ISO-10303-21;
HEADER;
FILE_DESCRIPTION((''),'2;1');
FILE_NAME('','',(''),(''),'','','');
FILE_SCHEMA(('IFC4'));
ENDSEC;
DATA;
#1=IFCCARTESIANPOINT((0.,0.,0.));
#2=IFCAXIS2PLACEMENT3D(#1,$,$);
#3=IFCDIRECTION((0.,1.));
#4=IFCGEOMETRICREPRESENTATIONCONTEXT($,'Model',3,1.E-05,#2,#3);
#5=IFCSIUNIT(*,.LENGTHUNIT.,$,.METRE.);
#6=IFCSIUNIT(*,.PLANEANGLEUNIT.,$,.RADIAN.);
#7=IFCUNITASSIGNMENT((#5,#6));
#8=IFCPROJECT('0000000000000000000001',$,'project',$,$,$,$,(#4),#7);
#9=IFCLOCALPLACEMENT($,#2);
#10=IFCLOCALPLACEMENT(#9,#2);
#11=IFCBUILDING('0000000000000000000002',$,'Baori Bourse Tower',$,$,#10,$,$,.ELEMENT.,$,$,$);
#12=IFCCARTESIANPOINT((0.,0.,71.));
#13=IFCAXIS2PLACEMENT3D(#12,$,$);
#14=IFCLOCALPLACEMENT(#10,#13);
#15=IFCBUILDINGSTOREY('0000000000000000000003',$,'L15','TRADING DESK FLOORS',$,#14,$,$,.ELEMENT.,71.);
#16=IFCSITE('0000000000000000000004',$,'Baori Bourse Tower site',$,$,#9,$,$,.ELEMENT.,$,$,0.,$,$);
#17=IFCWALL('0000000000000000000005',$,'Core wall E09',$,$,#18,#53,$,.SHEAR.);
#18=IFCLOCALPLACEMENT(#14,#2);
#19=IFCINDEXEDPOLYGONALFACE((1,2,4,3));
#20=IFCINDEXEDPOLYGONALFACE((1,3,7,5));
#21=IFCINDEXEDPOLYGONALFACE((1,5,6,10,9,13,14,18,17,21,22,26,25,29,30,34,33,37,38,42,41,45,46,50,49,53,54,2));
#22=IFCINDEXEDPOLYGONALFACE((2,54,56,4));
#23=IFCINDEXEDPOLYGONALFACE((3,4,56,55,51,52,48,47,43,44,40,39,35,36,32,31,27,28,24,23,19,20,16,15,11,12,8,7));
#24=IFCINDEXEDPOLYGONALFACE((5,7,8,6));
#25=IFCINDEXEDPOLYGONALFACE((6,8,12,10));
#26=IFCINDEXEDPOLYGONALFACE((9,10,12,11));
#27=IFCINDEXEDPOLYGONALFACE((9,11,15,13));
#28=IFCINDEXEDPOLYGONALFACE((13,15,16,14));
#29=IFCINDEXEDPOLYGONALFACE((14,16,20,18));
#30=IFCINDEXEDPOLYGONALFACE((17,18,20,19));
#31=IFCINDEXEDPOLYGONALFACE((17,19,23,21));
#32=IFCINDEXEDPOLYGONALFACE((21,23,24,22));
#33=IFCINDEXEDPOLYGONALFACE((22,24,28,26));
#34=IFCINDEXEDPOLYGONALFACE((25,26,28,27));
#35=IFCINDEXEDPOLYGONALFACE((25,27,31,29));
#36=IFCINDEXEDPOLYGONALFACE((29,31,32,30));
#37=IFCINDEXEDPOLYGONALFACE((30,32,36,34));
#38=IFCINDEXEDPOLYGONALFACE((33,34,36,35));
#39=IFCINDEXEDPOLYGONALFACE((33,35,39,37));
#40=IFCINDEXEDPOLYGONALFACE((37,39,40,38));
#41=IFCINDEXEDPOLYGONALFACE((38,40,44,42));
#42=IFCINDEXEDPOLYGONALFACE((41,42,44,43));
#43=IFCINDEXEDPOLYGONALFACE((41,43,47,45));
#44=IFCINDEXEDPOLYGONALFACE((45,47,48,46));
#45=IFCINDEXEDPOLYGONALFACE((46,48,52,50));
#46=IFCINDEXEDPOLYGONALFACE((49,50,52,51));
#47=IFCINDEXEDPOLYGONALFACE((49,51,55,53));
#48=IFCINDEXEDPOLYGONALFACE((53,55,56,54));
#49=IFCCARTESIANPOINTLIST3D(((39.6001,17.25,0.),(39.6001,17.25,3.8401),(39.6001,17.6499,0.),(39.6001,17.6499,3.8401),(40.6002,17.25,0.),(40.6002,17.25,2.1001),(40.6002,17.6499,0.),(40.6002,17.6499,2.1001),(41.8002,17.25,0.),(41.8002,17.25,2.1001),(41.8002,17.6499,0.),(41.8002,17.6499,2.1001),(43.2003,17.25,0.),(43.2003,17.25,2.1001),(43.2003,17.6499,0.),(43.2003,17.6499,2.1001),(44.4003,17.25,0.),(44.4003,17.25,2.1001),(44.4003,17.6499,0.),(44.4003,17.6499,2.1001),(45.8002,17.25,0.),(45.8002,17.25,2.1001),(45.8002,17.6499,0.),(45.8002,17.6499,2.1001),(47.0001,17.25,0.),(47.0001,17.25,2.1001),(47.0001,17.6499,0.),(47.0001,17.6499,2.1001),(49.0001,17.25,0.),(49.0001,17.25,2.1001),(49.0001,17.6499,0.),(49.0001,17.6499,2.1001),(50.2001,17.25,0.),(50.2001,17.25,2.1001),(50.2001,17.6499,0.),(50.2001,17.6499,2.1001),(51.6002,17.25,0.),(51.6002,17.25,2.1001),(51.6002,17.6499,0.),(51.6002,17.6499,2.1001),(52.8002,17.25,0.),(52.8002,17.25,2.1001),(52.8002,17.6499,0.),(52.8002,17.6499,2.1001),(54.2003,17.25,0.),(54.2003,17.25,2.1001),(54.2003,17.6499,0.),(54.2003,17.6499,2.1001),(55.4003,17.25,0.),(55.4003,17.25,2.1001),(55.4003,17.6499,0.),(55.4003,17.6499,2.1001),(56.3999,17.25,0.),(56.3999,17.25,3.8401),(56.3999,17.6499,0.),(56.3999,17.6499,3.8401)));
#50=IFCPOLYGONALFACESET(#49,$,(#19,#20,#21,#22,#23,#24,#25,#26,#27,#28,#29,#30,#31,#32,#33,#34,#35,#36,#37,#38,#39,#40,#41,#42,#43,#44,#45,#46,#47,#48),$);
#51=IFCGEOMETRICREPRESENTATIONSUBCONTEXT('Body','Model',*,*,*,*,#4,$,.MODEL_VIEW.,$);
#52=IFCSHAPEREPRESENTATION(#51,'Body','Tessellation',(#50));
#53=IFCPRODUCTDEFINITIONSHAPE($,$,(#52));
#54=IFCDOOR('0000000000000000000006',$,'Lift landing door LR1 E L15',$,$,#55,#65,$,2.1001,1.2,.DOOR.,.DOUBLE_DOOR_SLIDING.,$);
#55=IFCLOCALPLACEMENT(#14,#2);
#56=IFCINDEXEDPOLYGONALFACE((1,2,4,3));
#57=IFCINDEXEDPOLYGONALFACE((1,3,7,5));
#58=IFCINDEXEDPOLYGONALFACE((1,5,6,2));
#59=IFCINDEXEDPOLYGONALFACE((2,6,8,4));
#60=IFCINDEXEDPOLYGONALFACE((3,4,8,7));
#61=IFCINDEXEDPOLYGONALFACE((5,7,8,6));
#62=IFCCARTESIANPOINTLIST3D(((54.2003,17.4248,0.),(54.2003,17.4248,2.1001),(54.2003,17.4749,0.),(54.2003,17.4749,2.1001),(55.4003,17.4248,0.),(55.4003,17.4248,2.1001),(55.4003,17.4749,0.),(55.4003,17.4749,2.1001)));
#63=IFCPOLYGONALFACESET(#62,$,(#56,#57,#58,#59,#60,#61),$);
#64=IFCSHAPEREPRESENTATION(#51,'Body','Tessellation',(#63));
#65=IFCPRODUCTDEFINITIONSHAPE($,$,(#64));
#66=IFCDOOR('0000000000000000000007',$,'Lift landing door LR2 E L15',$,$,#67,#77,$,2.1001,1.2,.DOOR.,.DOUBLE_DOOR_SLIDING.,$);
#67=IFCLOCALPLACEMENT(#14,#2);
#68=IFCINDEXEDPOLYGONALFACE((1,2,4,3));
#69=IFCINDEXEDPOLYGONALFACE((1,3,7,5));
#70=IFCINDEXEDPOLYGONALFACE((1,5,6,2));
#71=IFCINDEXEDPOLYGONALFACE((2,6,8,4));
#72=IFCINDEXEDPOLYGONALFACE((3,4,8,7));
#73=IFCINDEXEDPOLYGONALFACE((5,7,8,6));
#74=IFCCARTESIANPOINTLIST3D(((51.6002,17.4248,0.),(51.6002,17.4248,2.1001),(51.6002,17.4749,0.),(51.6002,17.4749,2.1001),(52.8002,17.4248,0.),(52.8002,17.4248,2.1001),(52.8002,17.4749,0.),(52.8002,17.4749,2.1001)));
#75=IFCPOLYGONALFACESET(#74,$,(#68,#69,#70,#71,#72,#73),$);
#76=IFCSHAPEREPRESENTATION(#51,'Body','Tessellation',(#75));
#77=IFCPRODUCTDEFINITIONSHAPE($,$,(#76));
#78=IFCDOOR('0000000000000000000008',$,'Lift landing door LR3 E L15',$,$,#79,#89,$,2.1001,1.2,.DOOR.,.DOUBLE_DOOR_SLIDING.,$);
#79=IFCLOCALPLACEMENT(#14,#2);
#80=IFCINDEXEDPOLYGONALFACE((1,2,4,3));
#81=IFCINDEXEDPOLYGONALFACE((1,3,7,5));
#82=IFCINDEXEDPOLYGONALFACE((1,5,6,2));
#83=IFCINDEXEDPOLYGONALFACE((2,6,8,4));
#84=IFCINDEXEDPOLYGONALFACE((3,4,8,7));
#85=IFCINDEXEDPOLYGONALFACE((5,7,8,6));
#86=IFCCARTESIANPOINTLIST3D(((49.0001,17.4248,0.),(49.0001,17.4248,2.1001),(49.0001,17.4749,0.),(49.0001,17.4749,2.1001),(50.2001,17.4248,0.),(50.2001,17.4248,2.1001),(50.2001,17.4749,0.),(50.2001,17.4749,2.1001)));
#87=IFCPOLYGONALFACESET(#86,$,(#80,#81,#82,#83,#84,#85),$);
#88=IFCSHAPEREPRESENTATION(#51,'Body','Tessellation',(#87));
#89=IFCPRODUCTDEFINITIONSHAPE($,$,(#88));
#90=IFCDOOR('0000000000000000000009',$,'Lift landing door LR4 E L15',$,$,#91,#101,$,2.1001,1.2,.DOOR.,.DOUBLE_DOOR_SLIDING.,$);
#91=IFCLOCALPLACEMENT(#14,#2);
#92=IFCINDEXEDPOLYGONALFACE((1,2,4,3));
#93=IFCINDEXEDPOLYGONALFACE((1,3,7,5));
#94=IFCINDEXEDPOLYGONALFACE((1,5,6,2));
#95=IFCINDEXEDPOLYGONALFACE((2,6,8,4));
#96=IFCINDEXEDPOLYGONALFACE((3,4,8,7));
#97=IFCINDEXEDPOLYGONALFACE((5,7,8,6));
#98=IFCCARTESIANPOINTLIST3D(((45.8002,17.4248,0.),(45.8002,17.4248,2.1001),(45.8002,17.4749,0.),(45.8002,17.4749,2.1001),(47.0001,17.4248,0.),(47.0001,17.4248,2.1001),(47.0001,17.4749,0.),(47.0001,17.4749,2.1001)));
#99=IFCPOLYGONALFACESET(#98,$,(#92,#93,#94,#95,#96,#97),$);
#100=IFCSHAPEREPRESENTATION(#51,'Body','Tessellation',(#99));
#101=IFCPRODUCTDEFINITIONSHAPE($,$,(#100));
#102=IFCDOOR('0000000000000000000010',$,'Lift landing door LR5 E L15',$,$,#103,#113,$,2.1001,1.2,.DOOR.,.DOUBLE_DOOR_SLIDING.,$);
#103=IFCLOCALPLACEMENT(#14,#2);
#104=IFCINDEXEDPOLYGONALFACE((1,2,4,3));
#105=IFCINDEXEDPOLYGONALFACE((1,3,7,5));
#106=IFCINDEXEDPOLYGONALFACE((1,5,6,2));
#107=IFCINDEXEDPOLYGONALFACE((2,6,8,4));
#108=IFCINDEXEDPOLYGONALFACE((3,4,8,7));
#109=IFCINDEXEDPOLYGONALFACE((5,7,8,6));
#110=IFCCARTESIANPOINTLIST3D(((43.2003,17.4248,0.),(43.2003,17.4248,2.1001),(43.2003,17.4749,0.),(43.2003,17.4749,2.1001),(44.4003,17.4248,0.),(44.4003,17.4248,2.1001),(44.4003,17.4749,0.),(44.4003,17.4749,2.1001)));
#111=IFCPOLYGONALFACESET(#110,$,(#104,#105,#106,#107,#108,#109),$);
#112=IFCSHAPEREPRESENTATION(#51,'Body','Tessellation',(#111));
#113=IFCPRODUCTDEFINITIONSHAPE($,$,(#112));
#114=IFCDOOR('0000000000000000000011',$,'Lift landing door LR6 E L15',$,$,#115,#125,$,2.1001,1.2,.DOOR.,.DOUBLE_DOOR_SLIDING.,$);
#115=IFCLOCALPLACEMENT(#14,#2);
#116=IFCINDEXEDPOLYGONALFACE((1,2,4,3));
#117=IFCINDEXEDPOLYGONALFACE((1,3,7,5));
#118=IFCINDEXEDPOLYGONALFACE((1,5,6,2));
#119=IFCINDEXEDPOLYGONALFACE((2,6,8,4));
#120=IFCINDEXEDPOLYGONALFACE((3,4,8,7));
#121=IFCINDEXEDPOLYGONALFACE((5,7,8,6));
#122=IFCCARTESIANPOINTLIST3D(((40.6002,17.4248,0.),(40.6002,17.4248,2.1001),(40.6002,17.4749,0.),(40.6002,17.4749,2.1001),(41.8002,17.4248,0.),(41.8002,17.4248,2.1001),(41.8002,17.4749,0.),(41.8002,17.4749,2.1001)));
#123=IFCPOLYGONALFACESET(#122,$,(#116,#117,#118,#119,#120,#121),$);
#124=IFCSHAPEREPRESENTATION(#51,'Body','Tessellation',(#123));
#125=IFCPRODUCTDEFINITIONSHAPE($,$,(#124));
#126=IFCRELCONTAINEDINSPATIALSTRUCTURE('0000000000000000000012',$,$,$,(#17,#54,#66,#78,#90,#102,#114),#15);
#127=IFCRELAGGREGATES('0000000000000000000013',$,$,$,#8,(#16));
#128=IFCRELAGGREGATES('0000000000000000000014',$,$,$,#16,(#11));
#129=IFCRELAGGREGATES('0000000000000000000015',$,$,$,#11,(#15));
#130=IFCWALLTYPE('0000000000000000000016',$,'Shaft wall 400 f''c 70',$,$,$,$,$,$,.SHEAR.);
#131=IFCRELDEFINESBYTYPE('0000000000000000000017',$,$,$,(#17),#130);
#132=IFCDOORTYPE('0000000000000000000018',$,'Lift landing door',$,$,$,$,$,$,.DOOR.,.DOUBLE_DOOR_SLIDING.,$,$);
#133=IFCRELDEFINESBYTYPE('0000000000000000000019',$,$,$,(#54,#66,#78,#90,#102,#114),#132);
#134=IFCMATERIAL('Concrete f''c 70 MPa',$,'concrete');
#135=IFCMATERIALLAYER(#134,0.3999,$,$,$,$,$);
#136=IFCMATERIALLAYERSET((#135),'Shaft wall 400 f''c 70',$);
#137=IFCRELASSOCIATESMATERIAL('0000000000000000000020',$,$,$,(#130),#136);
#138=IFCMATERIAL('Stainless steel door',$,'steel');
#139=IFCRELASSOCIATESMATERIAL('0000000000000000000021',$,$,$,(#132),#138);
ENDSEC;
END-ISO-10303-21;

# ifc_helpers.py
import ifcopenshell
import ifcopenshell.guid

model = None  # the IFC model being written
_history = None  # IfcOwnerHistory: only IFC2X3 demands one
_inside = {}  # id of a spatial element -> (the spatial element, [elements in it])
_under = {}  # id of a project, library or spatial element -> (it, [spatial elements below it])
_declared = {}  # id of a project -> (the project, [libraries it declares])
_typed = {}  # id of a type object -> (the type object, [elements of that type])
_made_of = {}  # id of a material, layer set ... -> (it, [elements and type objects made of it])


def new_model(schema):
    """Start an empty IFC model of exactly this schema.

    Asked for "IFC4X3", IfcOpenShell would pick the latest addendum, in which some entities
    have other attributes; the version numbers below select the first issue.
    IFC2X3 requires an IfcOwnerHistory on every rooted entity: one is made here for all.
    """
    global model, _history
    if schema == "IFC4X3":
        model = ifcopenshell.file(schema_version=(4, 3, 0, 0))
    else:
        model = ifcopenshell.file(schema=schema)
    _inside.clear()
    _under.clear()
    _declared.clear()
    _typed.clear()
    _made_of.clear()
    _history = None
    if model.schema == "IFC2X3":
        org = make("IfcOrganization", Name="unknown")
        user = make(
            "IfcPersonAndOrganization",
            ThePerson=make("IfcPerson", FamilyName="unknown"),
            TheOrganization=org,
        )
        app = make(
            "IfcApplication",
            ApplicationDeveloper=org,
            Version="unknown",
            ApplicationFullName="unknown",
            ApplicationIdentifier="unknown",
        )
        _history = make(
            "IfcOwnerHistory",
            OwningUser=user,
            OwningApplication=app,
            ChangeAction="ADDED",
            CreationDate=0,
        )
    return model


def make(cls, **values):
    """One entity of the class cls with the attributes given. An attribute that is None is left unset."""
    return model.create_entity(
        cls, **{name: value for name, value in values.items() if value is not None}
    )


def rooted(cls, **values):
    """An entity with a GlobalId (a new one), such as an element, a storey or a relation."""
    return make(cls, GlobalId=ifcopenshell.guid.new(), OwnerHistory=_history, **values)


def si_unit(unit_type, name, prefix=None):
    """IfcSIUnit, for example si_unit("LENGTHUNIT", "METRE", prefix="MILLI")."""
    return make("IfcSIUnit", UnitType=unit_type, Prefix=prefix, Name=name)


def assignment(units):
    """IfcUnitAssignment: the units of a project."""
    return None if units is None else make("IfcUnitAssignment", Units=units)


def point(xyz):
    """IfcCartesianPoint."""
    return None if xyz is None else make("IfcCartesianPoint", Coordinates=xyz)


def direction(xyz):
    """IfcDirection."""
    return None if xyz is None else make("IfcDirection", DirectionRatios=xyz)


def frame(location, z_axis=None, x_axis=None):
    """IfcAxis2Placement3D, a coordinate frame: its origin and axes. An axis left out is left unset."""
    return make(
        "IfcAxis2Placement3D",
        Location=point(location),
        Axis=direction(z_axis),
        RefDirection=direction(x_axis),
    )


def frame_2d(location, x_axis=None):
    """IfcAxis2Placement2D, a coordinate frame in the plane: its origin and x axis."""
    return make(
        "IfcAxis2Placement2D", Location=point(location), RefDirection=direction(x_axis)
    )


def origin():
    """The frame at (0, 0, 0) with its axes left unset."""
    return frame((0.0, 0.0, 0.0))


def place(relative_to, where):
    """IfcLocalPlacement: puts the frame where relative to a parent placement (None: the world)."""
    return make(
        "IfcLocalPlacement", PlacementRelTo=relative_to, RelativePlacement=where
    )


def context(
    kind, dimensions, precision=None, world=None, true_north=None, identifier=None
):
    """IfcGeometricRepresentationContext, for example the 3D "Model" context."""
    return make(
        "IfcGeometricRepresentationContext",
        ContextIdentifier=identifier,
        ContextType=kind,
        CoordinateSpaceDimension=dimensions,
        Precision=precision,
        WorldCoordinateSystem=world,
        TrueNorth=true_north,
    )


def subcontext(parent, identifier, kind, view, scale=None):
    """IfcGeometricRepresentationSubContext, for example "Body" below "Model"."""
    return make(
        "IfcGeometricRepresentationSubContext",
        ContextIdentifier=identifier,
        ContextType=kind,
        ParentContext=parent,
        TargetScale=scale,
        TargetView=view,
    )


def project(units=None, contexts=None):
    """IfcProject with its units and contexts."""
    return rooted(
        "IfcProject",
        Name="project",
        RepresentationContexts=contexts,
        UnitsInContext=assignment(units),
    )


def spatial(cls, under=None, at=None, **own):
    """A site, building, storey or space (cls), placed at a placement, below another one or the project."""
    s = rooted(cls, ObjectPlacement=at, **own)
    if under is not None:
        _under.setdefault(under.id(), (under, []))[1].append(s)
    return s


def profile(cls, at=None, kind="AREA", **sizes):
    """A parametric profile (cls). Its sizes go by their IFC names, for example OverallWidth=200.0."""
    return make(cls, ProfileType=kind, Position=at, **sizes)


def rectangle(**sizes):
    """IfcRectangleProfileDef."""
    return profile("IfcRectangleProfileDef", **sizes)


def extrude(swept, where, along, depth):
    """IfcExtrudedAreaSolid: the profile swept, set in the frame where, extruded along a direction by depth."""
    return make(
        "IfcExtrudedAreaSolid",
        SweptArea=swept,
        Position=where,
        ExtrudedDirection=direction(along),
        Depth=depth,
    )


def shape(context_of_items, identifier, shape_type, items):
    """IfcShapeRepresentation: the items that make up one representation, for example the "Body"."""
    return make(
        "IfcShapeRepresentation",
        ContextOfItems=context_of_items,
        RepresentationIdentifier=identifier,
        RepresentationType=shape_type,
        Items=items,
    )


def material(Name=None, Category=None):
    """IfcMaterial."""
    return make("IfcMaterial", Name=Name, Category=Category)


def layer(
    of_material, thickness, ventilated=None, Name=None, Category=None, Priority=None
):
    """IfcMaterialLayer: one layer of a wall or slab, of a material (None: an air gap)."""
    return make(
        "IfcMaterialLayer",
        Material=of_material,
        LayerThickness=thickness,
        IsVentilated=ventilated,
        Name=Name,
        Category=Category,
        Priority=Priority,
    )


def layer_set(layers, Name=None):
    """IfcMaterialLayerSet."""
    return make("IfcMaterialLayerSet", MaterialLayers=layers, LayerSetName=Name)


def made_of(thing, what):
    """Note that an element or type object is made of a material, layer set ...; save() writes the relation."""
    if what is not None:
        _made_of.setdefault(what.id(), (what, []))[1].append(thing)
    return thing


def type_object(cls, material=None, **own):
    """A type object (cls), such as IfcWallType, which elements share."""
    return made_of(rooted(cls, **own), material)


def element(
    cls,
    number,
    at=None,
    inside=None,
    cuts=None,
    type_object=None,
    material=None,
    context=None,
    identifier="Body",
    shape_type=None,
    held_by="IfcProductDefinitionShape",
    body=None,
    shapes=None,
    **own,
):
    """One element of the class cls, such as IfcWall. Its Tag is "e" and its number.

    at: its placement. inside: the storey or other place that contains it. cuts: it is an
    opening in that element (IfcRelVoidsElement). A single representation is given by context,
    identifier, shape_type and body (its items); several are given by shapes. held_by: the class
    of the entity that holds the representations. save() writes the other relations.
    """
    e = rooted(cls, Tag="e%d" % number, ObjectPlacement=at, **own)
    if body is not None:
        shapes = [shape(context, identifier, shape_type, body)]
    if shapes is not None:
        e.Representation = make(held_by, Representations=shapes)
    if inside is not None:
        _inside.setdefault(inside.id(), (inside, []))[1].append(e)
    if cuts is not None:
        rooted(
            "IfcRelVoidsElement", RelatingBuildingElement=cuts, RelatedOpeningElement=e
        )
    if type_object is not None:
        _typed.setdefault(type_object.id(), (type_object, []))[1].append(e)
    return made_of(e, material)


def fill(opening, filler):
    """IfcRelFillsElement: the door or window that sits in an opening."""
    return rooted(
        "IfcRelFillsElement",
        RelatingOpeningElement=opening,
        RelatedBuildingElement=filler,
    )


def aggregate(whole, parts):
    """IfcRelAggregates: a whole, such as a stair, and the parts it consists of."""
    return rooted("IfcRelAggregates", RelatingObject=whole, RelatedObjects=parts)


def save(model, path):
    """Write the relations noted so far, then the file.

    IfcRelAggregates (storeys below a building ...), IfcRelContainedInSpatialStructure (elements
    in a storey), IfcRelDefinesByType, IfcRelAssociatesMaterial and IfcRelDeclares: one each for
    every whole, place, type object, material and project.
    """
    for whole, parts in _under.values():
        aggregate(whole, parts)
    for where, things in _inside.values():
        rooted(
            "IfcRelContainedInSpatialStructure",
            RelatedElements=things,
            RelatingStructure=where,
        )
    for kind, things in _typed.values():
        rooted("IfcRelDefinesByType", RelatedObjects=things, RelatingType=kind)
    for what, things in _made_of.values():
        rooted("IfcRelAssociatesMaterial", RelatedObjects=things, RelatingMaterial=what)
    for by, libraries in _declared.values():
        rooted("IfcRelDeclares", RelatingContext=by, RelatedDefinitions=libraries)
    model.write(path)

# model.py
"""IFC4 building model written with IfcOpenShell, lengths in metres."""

from ifc_helpers import new_model, si_unit, direction, frame, frame_2d, origin, place, context, subcontext, project, spatial, rectangle, extrude, material, layer, layer_set, type_object, element, fill, save


model = new_model("IFC4")

# Units and contexts
model_context = context("Model", 3, precision=1e-05, world=origin(), true_north=direction((0.0, 1.0)))
body_context = subcontext(model_context, "Body", "Model", "MODEL_VIEW")
ifc_project = project(units=[si_unit("LENGTHUNIT", "METRE"), si_unit("PLANEANGLEUNIT", "RADIAN")], contexts=[model_context])

# Site, building, storey
site_placement = place(None, origin())
site = spatial("IfcSite", under=ifc_project, at=site_placement, Name="Baori Bourse Tower site", CompositionType="ELEMENT", RefElevation=0.0)
building_placement = place(site_placement, origin())
building = spatial("IfcBuilding", under=site, at=building_placement, Name="Baori Bourse Tower", CompositionType="ELEMENT")
storey_placement = place(building_placement, frame((0.0, 0.0, 71.0)))
storey = spatial("IfcBuildingStorey", under=building, at=storey_placement, Name="L15", Description="TRADING DESK FLOORS", CompositionType="ELEMENT", Elevation=71.0)

# Wall, openings, doors
ifc_material_1 = material(Name="Concrete f'c 70 MPa", Category="concrete")
ifc_layer_1 = layer(ifc_material_1, 0.3999)
ifc_layer_set_1 = layer_set([ifc_layer_1], Name="Shaft wall 400 f'c 70")
wall_type_1 = type_object("IfcWallType", Name="Shaft wall 400 f'c 70", PredefinedType="SHEAR", material=ifc_layer_set_1)
wall_1_placement = place(storey_placement, frame((39.6001, 17.45, 0.0), z_axis=(0.0, 0.0, 1.0), x_axis=(1.0, 0.0, 0.0)))
wall_1 = element("IfcWall", 1, at=wall_1_placement, inside=storey, type_object=wall_type_1, Name="Core wall E09", PredefinedType="SHEAR", context=body_context, shape_type="SweptSolid", body=[
    extrude(rectangle(XDim=16.7998, YDim=0.3999, at=frame_2d((8.3999, 0.0))), origin(), (0.0, 0.0, 1.0), 3.8401),
])
opening_1_placement = place(wall_1_placement, frame((14.6001, 0.0, 0.0)))
opening_1 = element("IfcOpeningElement", 2, at=opening_1_placement, cuts=wall_1, PredefinedType="OPENING", context=body_context, shape_type="SweptSolid", body=[
    extrude(rectangle(XDim=1.2, YDim=2.1001, at=frame_2d((0.6001, 1.05))), frame((0.0, 0.21, 0.0), z_axis=(0.0, -1.0, 0.0), x_axis=(1.0, 0.0, 0.0)), (0.0, 0.0, 1.0), 0.4199),
])
opening_2_placement = place(wall_1_placement, frame((12.0, 0.0, 0.0)))
opening_2 = element("IfcOpeningElement", 3, at=opening_2_placement, cuts=wall_1, PredefinedType="OPENING", context=body_context, shape_type="SweptSolid", body=[
    extrude(rectangle(XDim=1.2, YDim=2.1001, at=frame_2d((0.6001, 1.05))), frame((0.0, 0.21, 0.0), z_axis=(0.0, -1.0, 0.0), x_axis=(1.0, 0.0, 0.0)), (0.0, 0.0, 1.0), 0.4199),
])
opening_3_placement = place(wall_1_placement, frame((9.3999, 0.0, 0.0)))
opening_3 = element("IfcOpeningElement", 4, at=opening_3_placement, cuts=wall_1, PredefinedType="OPENING", context=body_context, shape_type="SweptSolid", body=[
    extrude(rectangle(XDim=1.2, YDim=2.1001, at=frame_2d((0.6001, 1.05))), frame((0.0, 0.21, 0.0), z_axis=(0.0, -1.0, 0.0), x_axis=(1.0, 0.0, 0.0)), (0.0, 0.0, 1.0), 0.4199),
])
opening_4_placement = place(wall_1_placement, frame((6.2, 0.0, 0.0)))
opening_4 = element("IfcOpeningElement", 5, at=opening_4_placement, cuts=wall_1, PredefinedType="OPENING", context=body_context, shape_type="SweptSolid", body=[
    extrude(rectangle(XDim=1.2, YDim=2.1001, at=frame_2d((0.6001, 1.05))), frame((0.0, 0.21, 0.0), z_axis=(0.0, -1.0, 0.0), x_axis=(1.0, 0.0, 0.0)), (0.0, 0.0, 1.0), 0.4199),
])
opening_5_placement = place(wall_1_placement, frame((3.6001, 0.0, 0.0)))
opening_5 = element("IfcOpeningElement", 6, at=opening_5_placement, cuts=wall_1, PredefinedType="OPENING", context=body_context, shape_type="SweptSolid", body=[
    extrude(rectangle(XDim=1.2, YDim=2.1001, at=frame_2d((0.6001, 1.05))), frame((0.0, 0.21, 0.0), z_axis=(0.0, -1.0, 0.0), x_axis=(1.0, 0.0, 0.0)), (0.0, 0.0, 1.0), 0.4199),
])
opening_6_placement = place(wall_1_placement, frame((1.0, 0.0, 0.0)))
opening_6 = element("IfcOpeningElement", 7, at=opening_6_placement, cuts=wall_1, PredefinedType="OPENING", context=body_context, shape_type="SweptSolid", body=[
    extrude(rectangle(XDim=1.2, YDim=2.1001, at=frame_2d((0.6001, 1.05))), frame((0.0, 0.21, 0.0), z_axis=(0.0, -1.0, 0.0), x_axis=(1.0, 0.0, 0.0)), (0.0, 0.0, 1.0), 0.4199),
])
ifc_material_2 = material(Name="Stainless steel door", Category="steel")
door_type_1 = type_object("IfcDoorType", Name="Lift landing door", OperationType="DOUBLE_DOOR_SLIDING", PredefinedType="DOOR", material=ifc_material_2)
door_1_placement = place(opening_1_placement, origin())
door_1 = element("IfcDoor", 8, at=door_1_placement, inside=storey, type_object=door_type_1, Name="Lift landing door LR1 E L15", OperationType="DOUBLE_DOOR_SLIDING", OverallHeight=2.1001, OverallWidth=1.2, PredefinedType="DOOR", context=body_context, shape_type="SweptSolid", body=[
    extrude(rectangle(XDim=1.2, YDim=2.1001, at=frame_2d((0.6001, 1.05))), frame((0.0, 0.0249, 0.0), z_axis=(0.0, -1.0, 0.0), x_axis=(1.0, 0.0, 0.0)), (0.0, 0.0, 1.0), 0.05),
])
fill(opening_1, door_1)
door_2_placement = place(opening_2_placement, origin())
door_2 = element("IfcDoor", 9, at=door_2_placement, inside=storey, type_object=door_type_1, Name="Lift landing door LR2 E L15", OperationType="DOUBLE_DOOR_SLIDING", OverallHeight=2.1001, OverallWidth=1.2, PredefinedType="DOOR", context=body_context, shape_type="SweptSolid", body=[
    extrude(rectangle(XDim=1.2, YDim=2.1001, at=frame_2d((0.6001, 1.05))), frame((0.0, 0.0249, 0.0), z_axis=(0.0, -1.0, 0.0), x_axis=(1.0, 0.0, 0.0)), (0.0, 0.0, 1.0), 0.05),
])
fill(opening_2, door_2)
door_3_placement = place(opening_3_placement, origin())
door_3 = element("IfcDoor", 10, at=door_3_placement, inside=storey, type_object=door_type_1, Name="Lift landing door LR3 E L15", OperationType="DOUBLE_DOOR_SLIDING", OverallHeight=2.1001, OverallWidth=1.2, PredefinedType="DOOR", context=body_context, shape_type="SweptSolid", body=[
    extrude(rectangle(XDim=1.2, YDim=2.1001, at=frame_2d((0.6001, 1.05))), frame((0.0, 0.0249, 0.0), z_axis=(0.0, -1.0, 0.0), x_axis=(1.0, 0.0, 0.0)), (0.0, 0.0, 1.0), 0.05),
])
fill(opening_3, door_3)
door_4_placement = place(opening_4_placement, origin())
door_4 = element("IfcDoor", 11, at=door_4_placement, inside=storey, type_object=door_type_1, Name="Lift landing door LR4 E L15", OperationType="DOUBLE_DOOR_SLIDING", OverallHeight=2.1001, OverallWidth=1.2, PredefinedType="DOOR", context=body_context, shape_type="SweptSolid", body=[
    extrude(rectangle(XDim=1.2, YDim=2.1001, at=frame_2d((0.6001, 1.05))), frame((0.0, 0.0249, 0.0), z_axis=(0.0, -1.0, 0.0), x_axis=(1.0, 0.0, 0.0)), (0.0, 0.0, 1.0), 0.05),
])
fill(opening_4, door_4)
door_5_placement = place(opening_5_placement, origin())
door_5 = element("IfcDoor", 12, at=door_5_placement, inside=storey, type_object=door_type_1, Name="Lift landing door LR5 E L15", OperationType="DOUBLE_DOOR_SLIDING", OverallHeight=2.1001, OverallWidth=1.2, PredefinedType="DOOR", context=body_context, shape_type="SweptSolid", body=[
    extrude(rectangle(XDim=1.2, YDim=2.1001, at=frame_2d((0.6001, 1.05))), frame((0.0, 0.0249, 0.0), z_axis=(0.0, -1.0, 0.0), x_axis=(1.0, 0.0, 0.0)), (0.0, 0.0, 1.0), 0.05),
])
fill(opening_5, door_5)
door_6_placement = place(opening_6_placement, origin())
door_6 = element("IfcDoor", 13, at=door_6_placement, inside=storey, type_object=door_type_1, Name="Lift landing door LR6 E L15", OperationType="DOUBLE_DOOR_SLIDING", OverallHeight=2.1001, OverallWidth=1.2, PredefinedType="DOOR", context=body_context, shape_type="SweptSolid", body=[
    extrude(rectangle(XDim=1.2, YDim=2.1001, at=frame_2d((0.6001, 1.05))), frame((0.0, 0.0249, 0.0), z_axis=(0.0, -1.0, 0.0), x_axis=(1.0, 0.0, 0.0)), (0.0, 0.0, 1.0), 0.05),
])
fill(opening_6, door_6)

save(model, "model.ifc")
